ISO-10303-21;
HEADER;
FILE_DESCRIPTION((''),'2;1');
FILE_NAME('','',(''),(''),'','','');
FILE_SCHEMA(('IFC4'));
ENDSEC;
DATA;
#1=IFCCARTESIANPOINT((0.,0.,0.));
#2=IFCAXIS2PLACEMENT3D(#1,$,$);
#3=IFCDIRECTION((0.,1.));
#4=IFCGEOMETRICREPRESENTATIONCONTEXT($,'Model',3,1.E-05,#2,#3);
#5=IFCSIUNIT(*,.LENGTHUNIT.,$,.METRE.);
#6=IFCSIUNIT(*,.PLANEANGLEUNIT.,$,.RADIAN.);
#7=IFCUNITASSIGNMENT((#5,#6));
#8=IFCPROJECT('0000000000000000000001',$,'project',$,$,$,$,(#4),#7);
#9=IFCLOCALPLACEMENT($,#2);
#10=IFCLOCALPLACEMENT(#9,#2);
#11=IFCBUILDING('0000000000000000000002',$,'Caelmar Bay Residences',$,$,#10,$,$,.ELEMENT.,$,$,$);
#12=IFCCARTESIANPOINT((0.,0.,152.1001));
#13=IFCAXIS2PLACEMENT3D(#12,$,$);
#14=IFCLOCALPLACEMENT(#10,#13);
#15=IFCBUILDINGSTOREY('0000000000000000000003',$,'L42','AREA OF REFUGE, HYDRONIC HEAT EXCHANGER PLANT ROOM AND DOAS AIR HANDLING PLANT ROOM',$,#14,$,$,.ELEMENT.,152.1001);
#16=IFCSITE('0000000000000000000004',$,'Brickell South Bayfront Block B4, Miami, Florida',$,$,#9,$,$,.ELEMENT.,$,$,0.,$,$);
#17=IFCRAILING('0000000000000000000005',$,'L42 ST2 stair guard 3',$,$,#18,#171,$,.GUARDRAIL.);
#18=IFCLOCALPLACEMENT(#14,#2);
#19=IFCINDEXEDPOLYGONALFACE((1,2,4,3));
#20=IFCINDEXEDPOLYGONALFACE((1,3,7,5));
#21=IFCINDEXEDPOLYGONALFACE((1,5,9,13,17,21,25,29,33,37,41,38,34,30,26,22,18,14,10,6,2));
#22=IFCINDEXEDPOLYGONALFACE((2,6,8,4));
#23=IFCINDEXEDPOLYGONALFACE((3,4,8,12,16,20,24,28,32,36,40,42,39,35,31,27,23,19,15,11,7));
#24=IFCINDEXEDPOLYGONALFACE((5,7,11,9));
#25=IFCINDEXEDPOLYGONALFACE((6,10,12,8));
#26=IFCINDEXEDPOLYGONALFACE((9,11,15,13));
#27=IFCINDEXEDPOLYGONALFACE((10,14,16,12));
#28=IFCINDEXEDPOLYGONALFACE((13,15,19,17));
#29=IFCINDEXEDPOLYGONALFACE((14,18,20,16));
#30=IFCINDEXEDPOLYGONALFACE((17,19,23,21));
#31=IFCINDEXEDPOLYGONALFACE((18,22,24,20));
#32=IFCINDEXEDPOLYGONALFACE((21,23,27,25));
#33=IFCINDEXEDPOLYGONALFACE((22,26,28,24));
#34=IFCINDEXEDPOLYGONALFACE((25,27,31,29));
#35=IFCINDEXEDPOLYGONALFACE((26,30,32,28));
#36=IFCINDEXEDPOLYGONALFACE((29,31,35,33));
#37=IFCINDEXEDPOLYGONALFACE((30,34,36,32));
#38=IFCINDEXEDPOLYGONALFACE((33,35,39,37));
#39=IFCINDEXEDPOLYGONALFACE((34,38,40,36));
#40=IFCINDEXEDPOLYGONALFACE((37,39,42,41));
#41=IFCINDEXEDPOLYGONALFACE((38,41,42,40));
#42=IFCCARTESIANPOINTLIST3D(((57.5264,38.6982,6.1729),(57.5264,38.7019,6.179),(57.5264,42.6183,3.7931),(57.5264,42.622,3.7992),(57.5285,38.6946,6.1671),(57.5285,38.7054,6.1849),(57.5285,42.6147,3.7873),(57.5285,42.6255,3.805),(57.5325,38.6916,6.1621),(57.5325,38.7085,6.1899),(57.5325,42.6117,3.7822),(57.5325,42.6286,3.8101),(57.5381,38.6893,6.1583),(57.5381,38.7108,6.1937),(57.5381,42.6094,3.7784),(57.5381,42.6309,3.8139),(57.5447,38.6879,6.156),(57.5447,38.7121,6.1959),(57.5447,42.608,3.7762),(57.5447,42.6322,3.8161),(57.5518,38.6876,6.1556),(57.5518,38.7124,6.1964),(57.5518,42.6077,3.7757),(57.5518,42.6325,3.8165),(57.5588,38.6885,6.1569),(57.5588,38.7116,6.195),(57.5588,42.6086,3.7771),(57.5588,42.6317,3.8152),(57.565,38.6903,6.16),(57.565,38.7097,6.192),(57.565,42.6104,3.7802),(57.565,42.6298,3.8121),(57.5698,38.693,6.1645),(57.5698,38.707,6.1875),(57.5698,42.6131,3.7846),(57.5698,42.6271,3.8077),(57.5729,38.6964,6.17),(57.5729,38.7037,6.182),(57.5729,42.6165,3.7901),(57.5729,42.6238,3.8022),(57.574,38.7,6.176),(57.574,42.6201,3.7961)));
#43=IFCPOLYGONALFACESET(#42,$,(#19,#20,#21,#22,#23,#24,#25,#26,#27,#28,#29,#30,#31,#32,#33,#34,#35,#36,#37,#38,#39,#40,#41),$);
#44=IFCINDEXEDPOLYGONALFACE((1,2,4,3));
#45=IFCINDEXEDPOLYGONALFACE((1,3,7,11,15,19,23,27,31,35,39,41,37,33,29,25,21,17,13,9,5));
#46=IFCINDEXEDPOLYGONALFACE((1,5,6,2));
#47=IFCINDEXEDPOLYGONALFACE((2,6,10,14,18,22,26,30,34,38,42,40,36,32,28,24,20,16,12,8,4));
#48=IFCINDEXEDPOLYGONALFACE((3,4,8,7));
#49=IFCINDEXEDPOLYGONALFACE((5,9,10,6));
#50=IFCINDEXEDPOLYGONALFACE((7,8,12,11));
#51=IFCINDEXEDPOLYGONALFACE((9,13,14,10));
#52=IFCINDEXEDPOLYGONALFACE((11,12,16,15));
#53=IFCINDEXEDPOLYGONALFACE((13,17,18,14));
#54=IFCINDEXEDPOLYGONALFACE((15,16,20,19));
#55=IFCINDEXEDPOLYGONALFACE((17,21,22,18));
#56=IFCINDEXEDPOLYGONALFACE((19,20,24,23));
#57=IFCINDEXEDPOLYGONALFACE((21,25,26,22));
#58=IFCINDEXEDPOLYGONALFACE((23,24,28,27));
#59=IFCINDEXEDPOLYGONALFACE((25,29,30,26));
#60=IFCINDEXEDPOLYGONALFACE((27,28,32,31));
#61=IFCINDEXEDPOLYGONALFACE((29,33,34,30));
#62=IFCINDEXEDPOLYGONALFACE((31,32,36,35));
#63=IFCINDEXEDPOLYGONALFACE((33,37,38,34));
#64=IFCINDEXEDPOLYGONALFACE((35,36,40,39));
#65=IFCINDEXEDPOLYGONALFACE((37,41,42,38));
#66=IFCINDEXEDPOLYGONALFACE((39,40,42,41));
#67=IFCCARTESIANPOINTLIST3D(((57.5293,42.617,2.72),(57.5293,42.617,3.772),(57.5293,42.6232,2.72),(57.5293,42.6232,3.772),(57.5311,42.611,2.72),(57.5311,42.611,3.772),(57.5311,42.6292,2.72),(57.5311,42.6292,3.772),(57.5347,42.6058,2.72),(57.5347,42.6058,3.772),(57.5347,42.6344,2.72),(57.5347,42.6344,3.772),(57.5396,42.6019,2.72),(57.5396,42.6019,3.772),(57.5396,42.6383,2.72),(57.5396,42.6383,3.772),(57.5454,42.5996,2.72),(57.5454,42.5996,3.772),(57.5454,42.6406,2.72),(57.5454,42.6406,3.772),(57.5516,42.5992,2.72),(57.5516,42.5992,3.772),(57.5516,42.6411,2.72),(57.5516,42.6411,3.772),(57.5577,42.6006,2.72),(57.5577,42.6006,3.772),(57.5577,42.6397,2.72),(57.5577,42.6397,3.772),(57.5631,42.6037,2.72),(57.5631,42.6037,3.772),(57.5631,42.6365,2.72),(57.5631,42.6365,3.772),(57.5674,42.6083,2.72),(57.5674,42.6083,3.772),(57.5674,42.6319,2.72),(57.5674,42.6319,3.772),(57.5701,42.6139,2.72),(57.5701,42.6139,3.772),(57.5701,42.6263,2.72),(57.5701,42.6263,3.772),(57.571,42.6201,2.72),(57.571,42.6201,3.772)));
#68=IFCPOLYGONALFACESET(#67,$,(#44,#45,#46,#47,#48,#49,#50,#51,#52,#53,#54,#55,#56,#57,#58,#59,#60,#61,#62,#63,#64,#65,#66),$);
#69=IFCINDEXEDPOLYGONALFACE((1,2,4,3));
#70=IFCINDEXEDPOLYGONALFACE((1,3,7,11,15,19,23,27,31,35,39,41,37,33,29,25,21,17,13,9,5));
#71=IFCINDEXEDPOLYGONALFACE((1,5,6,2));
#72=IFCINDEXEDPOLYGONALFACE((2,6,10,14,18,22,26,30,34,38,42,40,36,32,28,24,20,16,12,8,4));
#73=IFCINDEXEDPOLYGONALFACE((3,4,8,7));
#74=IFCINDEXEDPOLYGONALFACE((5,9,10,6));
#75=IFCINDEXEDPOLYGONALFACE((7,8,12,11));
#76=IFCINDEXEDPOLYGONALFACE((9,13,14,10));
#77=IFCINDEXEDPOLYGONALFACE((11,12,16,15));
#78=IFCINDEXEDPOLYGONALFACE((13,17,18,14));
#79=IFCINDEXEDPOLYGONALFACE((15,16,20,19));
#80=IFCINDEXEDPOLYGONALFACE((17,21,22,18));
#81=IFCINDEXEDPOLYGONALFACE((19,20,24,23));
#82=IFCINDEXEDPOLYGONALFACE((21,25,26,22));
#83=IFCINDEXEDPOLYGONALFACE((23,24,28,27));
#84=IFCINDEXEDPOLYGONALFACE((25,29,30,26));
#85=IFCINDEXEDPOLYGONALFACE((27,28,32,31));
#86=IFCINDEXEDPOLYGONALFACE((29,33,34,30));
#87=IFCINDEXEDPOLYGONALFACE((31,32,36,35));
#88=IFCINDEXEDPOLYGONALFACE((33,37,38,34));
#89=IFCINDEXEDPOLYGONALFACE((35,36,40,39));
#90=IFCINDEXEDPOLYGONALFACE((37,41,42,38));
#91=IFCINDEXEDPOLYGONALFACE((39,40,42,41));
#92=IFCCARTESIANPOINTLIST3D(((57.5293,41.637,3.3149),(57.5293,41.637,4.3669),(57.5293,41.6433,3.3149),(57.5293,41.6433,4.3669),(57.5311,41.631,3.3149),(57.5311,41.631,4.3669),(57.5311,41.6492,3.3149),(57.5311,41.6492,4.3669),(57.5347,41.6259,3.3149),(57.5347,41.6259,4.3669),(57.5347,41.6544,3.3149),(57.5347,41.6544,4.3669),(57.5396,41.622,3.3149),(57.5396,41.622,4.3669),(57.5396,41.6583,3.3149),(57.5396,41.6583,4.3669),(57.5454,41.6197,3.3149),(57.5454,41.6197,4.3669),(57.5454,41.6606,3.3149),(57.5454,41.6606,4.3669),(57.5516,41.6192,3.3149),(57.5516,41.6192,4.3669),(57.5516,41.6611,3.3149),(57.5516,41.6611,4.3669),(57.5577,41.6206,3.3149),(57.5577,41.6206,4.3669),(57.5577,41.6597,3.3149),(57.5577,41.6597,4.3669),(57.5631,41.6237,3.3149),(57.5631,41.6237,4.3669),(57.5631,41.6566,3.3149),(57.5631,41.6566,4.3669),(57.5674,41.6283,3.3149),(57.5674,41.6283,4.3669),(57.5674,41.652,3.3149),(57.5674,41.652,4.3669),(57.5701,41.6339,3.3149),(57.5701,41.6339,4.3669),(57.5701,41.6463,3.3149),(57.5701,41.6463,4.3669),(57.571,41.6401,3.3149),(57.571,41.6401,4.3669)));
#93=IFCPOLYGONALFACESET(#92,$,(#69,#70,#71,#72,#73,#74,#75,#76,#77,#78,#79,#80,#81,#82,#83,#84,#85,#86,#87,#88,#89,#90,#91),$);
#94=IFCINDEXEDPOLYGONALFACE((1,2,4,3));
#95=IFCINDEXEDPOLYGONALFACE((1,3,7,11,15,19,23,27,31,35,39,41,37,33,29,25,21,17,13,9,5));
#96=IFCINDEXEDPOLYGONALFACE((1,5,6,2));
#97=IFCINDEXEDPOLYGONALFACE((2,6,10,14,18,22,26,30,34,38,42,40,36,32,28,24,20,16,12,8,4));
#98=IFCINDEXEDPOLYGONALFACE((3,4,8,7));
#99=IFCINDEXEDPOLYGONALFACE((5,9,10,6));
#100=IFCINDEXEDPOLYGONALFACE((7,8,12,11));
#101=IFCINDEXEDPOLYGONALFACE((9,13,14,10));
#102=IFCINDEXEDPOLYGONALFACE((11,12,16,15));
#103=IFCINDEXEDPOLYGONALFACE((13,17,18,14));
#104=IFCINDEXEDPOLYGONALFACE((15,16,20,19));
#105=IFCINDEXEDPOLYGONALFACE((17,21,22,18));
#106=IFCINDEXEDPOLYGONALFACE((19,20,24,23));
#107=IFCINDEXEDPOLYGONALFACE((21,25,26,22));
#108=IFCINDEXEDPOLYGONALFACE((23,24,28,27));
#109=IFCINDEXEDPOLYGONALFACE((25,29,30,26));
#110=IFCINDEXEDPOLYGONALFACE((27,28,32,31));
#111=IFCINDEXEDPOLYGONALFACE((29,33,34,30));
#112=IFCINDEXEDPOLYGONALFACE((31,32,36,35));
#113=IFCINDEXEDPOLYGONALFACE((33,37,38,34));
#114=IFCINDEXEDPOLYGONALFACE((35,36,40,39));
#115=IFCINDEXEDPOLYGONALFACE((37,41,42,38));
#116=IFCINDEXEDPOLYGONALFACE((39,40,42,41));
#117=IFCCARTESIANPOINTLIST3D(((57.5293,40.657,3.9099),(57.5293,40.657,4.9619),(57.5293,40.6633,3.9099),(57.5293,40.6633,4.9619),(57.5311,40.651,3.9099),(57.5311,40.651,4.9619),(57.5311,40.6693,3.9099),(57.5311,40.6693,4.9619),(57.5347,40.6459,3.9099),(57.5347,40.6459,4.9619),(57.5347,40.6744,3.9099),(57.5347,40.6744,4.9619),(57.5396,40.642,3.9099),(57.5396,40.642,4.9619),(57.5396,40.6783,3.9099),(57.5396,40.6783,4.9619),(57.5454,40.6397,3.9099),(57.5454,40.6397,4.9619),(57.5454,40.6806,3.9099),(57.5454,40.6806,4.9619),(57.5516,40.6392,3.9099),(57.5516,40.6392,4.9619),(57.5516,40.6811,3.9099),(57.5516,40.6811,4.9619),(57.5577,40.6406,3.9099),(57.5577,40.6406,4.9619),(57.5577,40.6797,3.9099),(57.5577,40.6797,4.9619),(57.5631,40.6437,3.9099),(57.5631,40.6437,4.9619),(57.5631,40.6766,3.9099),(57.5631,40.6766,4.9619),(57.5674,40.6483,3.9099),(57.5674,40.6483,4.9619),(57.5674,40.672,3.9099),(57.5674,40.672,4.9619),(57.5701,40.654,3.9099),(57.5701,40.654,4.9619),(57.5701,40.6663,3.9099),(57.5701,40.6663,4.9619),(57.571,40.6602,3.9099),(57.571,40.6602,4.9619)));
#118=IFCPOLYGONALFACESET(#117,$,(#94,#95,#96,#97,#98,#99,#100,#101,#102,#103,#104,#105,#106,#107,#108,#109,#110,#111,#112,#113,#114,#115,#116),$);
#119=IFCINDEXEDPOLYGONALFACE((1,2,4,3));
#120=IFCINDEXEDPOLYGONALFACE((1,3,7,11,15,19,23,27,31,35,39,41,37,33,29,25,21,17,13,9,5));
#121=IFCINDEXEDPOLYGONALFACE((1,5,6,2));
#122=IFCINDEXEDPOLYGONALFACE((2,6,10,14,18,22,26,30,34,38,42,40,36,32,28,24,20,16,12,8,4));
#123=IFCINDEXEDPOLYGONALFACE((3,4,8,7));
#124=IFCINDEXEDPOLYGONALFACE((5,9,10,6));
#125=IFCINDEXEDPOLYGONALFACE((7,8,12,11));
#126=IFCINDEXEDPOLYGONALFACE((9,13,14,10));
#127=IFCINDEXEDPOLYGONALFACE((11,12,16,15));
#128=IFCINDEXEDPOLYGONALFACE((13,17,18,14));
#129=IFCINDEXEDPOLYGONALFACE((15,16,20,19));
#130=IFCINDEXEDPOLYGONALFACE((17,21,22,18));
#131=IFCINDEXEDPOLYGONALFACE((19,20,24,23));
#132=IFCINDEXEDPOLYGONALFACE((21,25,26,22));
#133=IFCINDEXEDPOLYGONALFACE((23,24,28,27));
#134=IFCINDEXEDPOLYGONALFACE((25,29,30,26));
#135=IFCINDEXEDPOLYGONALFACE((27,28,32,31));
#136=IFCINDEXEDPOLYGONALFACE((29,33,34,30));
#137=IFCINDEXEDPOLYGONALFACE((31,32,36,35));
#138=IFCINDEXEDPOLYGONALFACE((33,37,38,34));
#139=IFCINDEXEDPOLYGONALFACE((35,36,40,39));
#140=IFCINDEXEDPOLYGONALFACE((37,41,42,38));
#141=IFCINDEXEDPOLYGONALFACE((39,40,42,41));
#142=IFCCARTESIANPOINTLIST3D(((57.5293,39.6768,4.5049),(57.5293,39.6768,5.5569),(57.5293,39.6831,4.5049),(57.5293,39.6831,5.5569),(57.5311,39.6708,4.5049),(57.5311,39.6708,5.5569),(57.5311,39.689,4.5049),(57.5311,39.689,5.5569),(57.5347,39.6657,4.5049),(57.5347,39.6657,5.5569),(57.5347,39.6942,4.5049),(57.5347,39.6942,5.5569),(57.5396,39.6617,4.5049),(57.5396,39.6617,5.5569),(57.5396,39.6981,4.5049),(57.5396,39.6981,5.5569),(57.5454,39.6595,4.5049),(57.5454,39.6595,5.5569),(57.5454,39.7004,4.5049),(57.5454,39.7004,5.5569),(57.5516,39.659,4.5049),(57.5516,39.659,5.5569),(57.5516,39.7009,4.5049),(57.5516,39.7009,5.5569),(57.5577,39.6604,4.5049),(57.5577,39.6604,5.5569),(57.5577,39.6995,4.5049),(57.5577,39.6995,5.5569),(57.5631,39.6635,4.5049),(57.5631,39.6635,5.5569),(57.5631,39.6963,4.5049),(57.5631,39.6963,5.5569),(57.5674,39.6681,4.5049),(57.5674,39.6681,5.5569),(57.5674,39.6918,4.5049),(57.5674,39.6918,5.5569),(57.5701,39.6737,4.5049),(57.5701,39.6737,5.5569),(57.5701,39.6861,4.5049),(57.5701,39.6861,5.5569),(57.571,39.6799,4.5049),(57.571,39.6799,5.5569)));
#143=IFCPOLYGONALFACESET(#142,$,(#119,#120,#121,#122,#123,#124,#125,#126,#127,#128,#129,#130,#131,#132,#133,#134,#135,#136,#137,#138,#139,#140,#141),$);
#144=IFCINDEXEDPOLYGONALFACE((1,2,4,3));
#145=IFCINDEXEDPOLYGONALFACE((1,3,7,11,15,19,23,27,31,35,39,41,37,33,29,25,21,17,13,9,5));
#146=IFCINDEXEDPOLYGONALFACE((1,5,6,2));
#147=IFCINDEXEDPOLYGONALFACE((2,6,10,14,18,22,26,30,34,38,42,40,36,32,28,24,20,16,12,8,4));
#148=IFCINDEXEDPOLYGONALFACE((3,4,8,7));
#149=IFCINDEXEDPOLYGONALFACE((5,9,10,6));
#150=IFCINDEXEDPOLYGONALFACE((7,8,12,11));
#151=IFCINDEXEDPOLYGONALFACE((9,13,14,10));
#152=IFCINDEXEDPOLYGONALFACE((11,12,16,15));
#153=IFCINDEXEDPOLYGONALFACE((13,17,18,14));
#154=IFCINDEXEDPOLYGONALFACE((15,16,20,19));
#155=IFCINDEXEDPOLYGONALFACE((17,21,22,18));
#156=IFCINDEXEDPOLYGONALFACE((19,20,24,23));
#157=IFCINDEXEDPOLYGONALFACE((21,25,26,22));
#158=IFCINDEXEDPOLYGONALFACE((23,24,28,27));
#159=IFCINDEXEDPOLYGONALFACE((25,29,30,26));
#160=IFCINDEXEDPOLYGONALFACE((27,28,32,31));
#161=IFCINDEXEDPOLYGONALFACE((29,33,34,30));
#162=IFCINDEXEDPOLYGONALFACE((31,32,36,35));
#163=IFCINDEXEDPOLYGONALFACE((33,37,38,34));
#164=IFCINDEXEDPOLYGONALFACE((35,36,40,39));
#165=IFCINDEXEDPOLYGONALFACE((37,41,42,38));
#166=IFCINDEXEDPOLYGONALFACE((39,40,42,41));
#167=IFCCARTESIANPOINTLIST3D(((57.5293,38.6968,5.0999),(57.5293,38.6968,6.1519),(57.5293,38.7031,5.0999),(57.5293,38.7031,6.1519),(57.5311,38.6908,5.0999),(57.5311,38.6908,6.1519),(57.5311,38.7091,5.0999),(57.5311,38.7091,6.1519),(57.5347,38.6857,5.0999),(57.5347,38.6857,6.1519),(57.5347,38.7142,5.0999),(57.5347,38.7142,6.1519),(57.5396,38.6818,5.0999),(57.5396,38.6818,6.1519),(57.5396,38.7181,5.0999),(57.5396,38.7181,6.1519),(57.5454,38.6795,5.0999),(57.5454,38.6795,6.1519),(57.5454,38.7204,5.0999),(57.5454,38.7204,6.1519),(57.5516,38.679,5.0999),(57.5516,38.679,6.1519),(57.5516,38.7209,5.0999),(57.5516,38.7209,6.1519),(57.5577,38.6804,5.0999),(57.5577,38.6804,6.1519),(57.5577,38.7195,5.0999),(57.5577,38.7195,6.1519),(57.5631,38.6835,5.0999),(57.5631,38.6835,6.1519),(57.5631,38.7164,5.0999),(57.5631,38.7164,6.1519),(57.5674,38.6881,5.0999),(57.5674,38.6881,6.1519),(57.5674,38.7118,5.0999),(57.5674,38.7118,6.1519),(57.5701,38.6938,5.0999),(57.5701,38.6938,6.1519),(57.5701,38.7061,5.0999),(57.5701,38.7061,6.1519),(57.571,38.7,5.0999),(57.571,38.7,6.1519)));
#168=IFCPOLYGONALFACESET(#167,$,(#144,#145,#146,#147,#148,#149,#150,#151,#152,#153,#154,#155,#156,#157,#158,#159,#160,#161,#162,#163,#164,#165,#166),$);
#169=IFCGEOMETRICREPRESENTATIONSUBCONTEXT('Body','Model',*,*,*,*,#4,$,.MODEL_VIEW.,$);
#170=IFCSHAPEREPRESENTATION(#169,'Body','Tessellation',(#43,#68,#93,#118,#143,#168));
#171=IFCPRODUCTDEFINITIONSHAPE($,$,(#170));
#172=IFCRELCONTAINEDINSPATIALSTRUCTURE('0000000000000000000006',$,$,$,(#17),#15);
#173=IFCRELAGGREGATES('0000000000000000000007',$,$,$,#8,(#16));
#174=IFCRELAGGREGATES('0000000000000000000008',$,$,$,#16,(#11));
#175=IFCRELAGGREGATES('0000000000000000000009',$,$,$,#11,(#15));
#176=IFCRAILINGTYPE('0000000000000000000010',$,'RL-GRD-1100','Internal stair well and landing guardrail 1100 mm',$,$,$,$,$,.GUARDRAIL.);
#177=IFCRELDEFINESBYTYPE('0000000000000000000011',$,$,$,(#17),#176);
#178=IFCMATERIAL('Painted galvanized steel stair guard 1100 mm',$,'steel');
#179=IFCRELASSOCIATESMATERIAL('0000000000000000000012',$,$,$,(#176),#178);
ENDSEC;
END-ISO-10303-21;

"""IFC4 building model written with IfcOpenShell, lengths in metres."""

from ifc_helpers import new_model, si_unit, direction, frame, origin, origin_2d, place, context, subcontext, project, spatial, circle, extrude, material, type_object, element, save


model = new_model("IFC4")

# Units and contexts
model_context = context("Model", 3, precision=1e-05, world=origin(), true_north=direction((0.0, 1.0)))
body_context = subcontext(model_context, "Body", "Model", "MODEL_VIEW")
ifc_project = project(units=[si_unit("LENGTHUNIT", "METRE"), si_unit("PLANEANGLEUNIT", "RADIAN")], contexts=[model_context])

# Site, building, storey
site_placement = place(None, origin())
site = spatial("IfcSite", under=ifc_project, at=site_placement, Name="Brickell South Bayfront Block B4, Miami, Florida", CompositionType="ELEMENT", RefElevation=0.0)
building_placement = place(site_placement, origin())
building = spatial("IfcBuilding", under=site, at=building_placement, Name="Caelmar Bay Residences", CompositionType="ELEMENT")
storey_placement = place(building_placement, frame((0.0, 0.0, 152.1001)))
storey = spatial("IfcBuildingStorey", under=building, at=storey_placement, Name="L42", Description="AREA OF REFUGE, HYDRONIC HEAT EXCHANGER PLANT ROOM AND DOAS AIR HANDLING PLANT ROOM", CompositionType="ELEMENT", Elevation=152.1001)

# Railing
ifc_material_1 = material(Name="Painted galvanized steel stair guard 1100 mm", Category="steel")
railing_type_1 = type_object("IfcRailingType", Name="RL-GRD-1100", Description="Internal stair well and landing guardrail 1100 mm", PredefinedType="GUARDRAIL", material=ifc_material_1)
railing_1_placement = place(storey_placement, frame((57.55, 42.6201, 2.72)))
element("IfcRailing", 1, at=railing_1_placement, inside=storey, type_object=railing_type_1, Name="L42 ST2 stair guard 3", PredefinedType="GUARDRAIL", context=body_context, shape_type="SweptSolid", body=[
    extrude(circle(Radius=0.0239, at=origin_2d()), frame((0.0, 0.0, 1.0762), z_axis=(0.0, -0.854809, 0.518943), x_axis=(1.0, 0.0, 0.0)), (0.0, 0.0, 1.0), 4.5859),
    extrude(circle(Radius=0.021, at=origin_2d()), origin(), (0.0, 0.0, 1.0), 1.052),
    extrude(circle(Radius=0.021, at=origin_2d()), frame((0.0, -0.98, 0.595)), (0.0, 0.0, 1.0), 1.052),
    extrude(circle(Radius=0.021, at=origin_2d()), frame((0.0, -1.96, 1.1899)), (0.0, 0.0, 1.0), 1.052),
    extrude(circle(Radius=0.021, at=origin_2d()), frame((0.0, -2.9402, 1.7849)), (0.0, 0.0, 1.0), 1.052),
    extrude(circle(Radius=0.021, at=origin_2d()), frame((0.0, -3.9202, 2.3799)), (0.0, 0.0, 1.0), 1.052),
])

save(model, "model.ifc")
